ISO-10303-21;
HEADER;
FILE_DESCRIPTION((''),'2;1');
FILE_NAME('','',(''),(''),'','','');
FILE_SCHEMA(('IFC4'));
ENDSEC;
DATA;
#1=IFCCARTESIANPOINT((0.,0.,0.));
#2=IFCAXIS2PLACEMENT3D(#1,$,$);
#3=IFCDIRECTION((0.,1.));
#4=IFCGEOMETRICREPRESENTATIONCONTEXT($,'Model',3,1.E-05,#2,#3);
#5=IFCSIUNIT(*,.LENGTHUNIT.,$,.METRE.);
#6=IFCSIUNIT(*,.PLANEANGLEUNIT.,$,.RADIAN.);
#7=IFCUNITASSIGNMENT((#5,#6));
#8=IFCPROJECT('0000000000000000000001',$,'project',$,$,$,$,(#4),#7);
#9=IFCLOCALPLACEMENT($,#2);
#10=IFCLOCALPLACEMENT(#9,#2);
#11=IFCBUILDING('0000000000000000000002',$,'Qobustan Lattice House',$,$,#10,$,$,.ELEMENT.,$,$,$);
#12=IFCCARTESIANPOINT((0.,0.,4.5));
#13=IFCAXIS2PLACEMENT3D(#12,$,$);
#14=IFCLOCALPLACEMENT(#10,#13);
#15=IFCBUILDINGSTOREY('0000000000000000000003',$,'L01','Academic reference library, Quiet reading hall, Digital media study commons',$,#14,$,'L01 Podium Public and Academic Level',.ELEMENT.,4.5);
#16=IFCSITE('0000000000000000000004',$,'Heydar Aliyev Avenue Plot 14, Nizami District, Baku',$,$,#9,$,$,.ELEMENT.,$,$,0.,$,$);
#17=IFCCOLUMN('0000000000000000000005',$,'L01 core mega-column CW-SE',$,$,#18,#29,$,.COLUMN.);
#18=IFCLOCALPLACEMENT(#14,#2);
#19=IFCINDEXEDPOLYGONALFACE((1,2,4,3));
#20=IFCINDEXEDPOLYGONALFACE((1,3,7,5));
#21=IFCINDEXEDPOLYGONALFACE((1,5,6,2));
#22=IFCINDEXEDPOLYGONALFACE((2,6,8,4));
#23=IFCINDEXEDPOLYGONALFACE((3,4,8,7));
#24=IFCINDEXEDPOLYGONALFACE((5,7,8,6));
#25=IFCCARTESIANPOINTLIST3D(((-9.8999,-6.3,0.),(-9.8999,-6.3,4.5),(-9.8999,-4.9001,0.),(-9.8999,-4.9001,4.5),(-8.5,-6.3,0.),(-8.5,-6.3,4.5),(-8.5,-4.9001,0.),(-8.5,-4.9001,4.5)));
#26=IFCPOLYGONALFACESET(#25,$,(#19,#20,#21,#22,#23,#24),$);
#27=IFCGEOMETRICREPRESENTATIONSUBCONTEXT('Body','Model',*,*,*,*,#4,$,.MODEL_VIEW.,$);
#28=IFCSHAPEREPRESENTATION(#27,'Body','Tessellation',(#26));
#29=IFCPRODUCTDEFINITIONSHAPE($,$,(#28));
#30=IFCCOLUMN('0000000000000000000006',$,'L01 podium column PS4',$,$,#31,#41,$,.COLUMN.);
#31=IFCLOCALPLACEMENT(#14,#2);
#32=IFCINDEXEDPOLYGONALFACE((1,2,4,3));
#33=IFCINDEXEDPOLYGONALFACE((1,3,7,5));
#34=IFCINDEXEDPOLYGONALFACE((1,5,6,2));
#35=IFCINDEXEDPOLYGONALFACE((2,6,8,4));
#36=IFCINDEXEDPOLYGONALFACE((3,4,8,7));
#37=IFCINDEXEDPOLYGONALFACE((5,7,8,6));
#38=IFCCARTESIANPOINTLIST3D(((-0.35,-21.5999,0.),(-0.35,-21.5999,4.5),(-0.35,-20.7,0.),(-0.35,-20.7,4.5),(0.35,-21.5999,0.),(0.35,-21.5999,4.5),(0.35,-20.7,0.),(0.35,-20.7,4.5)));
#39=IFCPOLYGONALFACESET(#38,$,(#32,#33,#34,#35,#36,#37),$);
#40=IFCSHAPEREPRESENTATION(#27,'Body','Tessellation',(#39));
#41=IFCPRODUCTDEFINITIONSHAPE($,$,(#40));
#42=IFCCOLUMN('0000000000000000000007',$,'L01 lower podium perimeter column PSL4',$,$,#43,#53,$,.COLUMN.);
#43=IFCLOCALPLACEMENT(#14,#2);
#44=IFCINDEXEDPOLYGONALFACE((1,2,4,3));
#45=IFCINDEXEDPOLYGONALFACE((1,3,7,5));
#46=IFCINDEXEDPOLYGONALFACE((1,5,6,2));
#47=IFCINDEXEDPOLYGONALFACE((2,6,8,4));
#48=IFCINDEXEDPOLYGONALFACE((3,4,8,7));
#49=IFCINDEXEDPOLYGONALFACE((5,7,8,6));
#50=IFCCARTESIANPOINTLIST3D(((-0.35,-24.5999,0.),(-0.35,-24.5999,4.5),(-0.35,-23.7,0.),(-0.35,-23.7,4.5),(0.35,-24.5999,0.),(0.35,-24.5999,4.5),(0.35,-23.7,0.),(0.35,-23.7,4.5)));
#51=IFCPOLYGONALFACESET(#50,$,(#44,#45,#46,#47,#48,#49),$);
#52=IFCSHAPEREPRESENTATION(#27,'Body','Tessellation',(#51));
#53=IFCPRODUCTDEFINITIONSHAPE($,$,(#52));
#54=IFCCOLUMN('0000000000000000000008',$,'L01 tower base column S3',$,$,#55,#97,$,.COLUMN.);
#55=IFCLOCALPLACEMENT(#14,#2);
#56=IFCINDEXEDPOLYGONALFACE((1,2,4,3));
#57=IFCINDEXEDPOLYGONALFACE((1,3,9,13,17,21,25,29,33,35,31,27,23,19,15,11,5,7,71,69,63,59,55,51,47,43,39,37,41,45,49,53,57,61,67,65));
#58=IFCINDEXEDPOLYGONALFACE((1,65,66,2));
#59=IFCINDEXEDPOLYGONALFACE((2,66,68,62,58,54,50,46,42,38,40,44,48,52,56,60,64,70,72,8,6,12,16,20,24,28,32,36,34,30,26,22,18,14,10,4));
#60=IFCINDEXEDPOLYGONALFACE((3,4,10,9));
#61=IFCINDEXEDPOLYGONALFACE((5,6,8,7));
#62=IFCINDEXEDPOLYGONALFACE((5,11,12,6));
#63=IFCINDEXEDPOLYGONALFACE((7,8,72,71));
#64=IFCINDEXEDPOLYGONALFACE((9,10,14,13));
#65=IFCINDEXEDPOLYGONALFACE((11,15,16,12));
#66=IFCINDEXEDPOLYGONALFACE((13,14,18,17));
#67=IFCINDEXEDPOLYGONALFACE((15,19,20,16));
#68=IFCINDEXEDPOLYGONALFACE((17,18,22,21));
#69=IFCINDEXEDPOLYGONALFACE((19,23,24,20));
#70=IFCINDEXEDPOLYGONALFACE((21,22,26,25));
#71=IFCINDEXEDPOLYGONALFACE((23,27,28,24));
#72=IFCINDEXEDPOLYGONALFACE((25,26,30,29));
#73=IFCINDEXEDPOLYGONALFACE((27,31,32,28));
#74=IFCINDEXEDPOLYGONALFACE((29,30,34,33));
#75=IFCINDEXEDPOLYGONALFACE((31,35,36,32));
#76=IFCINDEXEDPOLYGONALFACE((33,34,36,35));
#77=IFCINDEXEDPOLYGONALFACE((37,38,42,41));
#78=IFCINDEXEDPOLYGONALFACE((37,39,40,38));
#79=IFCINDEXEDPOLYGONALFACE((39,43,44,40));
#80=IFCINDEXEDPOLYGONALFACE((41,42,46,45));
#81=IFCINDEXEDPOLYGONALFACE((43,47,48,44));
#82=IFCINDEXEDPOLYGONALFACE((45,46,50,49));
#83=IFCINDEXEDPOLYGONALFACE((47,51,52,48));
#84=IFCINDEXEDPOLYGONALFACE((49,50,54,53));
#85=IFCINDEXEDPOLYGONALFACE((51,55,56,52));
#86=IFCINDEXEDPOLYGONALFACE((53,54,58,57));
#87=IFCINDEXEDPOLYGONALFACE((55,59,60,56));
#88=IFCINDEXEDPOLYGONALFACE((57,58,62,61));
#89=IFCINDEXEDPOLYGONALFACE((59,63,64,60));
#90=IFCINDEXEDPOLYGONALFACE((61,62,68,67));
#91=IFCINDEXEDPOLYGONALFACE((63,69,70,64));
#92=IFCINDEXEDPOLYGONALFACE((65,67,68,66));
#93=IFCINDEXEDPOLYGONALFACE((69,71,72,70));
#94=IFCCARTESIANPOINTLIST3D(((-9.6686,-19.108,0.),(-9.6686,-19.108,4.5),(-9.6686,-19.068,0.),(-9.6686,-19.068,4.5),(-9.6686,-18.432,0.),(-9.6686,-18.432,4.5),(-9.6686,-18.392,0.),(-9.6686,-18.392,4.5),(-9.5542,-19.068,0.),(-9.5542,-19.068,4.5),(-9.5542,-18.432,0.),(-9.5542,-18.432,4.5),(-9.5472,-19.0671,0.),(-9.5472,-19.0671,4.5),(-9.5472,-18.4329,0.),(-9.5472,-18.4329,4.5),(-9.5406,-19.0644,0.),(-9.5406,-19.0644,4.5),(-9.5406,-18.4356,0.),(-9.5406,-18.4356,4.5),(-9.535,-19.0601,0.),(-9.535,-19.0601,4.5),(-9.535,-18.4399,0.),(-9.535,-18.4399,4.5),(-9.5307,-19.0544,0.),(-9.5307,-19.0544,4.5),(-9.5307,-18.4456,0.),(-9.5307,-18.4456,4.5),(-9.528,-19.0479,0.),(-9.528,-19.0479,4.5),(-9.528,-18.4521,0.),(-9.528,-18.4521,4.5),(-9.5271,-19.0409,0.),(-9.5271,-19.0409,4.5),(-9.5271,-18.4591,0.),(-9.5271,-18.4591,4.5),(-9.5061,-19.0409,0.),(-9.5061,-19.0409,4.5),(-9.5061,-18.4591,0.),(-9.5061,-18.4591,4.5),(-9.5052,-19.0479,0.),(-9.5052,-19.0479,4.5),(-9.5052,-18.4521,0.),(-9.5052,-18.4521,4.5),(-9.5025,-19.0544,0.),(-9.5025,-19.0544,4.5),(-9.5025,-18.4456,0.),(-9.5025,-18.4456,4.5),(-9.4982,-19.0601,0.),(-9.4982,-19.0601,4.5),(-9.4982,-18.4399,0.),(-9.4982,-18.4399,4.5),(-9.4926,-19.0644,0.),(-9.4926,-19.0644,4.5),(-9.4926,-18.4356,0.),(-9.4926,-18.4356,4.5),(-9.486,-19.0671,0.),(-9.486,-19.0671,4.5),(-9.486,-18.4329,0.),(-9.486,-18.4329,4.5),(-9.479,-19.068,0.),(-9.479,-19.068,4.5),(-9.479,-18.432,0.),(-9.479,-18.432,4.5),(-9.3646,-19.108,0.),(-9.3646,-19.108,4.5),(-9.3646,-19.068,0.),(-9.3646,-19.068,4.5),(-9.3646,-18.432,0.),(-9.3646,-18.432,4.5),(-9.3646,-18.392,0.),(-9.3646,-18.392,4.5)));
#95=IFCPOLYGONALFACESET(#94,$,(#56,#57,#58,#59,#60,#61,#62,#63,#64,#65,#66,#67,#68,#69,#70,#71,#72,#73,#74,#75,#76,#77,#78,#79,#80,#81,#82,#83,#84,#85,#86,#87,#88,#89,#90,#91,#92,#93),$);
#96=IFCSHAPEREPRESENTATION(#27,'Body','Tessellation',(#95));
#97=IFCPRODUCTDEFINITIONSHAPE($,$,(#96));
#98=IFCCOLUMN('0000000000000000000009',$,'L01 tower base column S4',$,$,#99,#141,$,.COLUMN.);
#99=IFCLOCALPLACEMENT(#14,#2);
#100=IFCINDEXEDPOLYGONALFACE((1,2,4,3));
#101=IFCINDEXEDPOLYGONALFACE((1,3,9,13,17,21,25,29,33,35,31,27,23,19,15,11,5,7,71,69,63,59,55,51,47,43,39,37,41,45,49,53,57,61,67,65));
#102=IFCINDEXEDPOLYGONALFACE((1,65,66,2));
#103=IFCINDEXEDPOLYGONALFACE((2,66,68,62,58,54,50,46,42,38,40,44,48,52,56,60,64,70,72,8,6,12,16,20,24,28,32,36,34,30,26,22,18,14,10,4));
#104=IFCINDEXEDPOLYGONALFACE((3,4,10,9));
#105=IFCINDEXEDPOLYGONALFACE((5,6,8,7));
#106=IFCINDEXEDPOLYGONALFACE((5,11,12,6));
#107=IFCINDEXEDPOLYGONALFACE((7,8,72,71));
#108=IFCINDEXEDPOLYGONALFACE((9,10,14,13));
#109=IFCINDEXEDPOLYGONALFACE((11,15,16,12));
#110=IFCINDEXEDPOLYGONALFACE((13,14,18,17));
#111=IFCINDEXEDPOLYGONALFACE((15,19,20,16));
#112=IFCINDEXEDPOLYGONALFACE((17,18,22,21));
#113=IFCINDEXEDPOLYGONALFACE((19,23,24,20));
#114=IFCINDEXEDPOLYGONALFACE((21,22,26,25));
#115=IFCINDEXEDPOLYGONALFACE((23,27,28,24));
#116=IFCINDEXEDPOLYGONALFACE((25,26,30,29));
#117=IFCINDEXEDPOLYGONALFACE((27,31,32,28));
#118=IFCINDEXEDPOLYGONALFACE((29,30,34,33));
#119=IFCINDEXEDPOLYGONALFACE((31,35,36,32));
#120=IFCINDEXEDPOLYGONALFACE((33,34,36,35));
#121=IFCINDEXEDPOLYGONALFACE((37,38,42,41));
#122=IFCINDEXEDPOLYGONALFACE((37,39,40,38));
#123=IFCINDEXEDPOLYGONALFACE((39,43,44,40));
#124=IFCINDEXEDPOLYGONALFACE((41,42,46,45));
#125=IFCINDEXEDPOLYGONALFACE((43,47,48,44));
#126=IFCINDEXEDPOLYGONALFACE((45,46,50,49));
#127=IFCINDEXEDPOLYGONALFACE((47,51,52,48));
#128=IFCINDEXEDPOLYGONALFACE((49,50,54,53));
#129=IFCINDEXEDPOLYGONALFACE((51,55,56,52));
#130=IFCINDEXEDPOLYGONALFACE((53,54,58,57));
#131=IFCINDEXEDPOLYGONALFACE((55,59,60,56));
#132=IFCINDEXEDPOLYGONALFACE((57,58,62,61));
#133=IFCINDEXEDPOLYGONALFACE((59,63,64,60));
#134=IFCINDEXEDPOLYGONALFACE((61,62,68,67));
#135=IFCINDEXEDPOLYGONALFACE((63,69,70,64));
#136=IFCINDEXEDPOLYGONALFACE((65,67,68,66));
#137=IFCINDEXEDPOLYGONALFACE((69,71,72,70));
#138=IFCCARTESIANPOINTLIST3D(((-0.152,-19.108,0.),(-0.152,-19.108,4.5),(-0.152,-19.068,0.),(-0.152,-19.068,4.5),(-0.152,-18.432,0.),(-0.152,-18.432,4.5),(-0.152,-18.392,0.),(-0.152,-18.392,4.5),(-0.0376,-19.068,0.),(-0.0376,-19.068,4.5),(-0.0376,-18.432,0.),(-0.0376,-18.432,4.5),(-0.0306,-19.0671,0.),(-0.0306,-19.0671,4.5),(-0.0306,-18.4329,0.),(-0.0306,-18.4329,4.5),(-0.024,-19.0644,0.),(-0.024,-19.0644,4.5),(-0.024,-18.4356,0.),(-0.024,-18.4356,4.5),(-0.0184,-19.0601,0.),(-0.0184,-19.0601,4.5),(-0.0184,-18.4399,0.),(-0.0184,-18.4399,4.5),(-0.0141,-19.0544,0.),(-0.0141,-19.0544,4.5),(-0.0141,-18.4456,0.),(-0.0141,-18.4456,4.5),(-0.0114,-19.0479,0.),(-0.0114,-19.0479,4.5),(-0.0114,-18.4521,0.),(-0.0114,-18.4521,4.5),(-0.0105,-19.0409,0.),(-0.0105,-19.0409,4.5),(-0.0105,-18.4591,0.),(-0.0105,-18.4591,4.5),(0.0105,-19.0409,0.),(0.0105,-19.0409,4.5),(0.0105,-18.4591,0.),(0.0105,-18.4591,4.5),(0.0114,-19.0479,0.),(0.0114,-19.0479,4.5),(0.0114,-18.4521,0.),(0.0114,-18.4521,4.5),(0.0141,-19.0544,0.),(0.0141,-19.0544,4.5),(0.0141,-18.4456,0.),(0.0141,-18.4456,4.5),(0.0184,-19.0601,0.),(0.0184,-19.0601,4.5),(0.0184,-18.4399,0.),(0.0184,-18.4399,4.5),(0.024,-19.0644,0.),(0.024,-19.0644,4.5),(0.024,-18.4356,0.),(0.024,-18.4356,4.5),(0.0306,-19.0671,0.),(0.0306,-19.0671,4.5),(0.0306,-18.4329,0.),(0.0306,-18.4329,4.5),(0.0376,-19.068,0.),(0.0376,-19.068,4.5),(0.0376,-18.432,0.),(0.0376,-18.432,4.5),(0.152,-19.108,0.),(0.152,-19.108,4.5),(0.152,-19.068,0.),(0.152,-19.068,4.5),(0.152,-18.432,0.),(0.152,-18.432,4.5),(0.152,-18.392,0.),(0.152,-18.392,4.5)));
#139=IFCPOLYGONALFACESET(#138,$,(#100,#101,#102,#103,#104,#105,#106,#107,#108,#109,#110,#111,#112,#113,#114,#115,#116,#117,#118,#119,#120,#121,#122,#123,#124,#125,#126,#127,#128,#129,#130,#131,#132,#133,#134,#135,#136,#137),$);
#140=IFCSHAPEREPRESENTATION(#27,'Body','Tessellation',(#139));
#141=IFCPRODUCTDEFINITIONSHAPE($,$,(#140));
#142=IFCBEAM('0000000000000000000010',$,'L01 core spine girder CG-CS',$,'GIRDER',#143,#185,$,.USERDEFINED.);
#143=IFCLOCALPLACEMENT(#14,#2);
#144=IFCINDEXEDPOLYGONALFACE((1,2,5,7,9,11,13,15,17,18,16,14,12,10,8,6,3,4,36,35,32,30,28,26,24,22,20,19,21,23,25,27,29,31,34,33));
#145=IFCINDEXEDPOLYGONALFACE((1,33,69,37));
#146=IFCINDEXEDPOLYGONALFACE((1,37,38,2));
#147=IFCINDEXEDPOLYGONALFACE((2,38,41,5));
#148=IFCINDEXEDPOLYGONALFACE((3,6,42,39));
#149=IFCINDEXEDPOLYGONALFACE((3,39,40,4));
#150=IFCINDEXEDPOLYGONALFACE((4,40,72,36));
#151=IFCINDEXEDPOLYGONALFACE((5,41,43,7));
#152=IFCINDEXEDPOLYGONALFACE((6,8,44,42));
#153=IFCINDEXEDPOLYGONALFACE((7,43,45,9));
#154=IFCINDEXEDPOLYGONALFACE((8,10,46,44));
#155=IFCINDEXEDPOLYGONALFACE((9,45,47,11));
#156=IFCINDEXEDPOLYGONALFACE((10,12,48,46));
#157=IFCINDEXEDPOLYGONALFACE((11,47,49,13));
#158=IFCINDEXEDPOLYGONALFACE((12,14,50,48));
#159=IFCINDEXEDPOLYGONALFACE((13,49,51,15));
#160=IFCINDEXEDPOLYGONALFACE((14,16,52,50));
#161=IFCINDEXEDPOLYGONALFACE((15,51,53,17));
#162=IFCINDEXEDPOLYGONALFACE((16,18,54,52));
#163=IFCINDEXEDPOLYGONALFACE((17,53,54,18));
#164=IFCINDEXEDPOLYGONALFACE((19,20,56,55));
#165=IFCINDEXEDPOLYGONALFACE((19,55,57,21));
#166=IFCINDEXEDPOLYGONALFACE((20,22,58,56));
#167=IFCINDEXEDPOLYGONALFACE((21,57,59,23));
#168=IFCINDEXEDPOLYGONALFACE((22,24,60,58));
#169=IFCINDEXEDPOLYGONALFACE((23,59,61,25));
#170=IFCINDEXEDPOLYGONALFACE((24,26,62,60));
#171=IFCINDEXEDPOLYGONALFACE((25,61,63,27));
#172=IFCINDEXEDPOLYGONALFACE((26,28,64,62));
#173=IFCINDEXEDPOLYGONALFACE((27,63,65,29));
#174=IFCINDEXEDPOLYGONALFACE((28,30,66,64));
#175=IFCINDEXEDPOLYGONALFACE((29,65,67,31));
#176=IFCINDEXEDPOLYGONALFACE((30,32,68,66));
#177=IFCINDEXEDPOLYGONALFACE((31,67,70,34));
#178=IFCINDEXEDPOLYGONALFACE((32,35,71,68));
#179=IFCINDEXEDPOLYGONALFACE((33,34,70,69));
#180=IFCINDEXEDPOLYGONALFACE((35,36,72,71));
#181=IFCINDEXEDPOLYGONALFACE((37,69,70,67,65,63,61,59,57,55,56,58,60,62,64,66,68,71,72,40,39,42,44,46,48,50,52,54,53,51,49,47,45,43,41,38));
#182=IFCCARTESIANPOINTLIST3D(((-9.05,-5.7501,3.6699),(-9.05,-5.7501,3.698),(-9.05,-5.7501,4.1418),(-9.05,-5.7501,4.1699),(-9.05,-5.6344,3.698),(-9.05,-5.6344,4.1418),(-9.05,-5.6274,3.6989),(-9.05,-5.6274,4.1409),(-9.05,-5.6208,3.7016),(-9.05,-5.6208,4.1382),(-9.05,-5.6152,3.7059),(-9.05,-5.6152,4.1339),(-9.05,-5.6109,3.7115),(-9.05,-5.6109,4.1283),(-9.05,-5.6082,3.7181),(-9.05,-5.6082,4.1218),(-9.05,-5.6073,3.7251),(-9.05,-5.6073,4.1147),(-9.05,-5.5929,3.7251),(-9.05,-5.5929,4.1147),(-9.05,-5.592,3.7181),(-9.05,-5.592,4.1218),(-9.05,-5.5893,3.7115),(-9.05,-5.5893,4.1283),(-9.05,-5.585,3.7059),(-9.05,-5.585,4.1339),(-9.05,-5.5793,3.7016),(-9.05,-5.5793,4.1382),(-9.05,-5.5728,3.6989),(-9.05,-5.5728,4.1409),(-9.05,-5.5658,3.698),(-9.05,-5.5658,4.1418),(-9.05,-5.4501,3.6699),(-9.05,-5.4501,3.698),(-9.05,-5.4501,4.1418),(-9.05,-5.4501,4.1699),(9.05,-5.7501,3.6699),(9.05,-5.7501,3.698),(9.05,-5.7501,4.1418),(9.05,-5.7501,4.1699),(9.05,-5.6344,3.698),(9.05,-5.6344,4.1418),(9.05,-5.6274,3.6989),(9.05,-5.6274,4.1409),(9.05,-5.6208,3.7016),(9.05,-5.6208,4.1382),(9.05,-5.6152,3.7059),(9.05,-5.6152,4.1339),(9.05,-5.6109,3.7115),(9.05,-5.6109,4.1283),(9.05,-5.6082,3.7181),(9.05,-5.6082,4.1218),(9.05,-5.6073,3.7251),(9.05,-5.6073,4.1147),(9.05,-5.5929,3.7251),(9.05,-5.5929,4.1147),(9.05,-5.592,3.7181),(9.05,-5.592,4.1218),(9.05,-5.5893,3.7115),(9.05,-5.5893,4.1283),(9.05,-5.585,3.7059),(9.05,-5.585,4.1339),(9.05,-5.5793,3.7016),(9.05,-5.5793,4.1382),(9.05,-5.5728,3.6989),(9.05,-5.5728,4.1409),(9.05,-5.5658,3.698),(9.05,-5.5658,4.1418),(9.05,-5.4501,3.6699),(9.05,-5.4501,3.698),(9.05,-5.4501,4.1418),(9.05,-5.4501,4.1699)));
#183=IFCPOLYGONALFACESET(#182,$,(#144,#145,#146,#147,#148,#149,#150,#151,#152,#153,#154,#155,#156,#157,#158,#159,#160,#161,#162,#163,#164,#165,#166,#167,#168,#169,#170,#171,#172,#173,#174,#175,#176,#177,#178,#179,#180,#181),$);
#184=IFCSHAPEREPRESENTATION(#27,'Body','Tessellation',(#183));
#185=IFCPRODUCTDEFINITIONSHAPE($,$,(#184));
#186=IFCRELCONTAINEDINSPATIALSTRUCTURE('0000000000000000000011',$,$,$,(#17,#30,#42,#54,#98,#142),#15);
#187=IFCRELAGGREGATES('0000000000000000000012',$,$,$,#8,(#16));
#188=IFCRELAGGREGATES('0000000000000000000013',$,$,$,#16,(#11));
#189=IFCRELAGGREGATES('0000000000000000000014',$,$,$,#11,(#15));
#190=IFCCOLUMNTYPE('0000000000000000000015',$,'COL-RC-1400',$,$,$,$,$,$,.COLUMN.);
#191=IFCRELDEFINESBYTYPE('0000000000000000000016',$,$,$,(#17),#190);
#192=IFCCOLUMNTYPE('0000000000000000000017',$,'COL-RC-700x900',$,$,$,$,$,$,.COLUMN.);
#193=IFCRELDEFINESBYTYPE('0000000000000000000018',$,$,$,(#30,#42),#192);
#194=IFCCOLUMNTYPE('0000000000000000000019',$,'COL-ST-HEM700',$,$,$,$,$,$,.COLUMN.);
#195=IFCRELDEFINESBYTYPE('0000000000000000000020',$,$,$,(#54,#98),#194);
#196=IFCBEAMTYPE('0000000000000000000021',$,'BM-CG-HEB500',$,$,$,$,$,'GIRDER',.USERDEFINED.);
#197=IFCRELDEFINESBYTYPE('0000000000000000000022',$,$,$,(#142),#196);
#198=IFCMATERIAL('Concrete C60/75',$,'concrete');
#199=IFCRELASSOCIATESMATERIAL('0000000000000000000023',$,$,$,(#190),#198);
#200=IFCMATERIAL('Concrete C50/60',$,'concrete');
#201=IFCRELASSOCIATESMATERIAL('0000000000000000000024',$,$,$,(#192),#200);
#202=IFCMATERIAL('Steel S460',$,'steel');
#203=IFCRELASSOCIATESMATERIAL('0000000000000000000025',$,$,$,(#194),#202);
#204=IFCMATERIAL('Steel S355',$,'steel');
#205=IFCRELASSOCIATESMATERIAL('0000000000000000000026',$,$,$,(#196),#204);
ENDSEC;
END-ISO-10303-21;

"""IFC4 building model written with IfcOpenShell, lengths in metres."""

from ifc_helpers import new_model, si_unit, direction, frame, origin, origin_2d, place, context, subcontext, project, spatial, rectangle, i_section, extrude, material, material_profile, profile_set, type_object, element, save


model = new_model("IFC4")

# Units and contexts
model_context = context("Model", 3, precision=1e-05, world=origin(), true_north=direction((0.0, 1.0)))
body_context = subcontext(model_context, "Body", "Model", "MODEL_VIEW")
ifc_project = project(units=[si_unit("LENGTHUNIT", "METRE"), si_unit("PLANEANGLEUNIT", "RADIAN")], contexts=[model_context])

# Site, building, storey
site_placement = place(None, origin())
site = spatial("IfcSite", under=ifc_project, at=site_placement, Name="Heydar Aliyev Avenue Plot 14, Nizami District, Baku", CompositionType="ELEMENT", RefElevation=0.0)
building_placement = place(site_placement, origin())
building = spatial("IfcBuilding", under=site, at=building_placement, Name="Qobustan Lattice House", CompositionType="ELEMENT")
storey_placement = place(building_placement, frame((0.0, 0.0, 4.5)))
storey = spatial("IfcBuildingStorey", under=building, at=storey_placement, Name="L01", Description="Academic reference library, Quiet reading hall, Digital media study commons", LongName="L01 Podium Public and Academic Level", CompositionType="ELEMENT", Elevation=4.5)

# Columns
ifc_material_1 = material(Name="Concrete C60/75", Category="concrete")
ifc_material_profile_1 = material_profile(ifc_material_1, rectangle(XDim=1.3999, YDim=1.3999, at=origin_2d()), Name="RC1400x1400")
ifc_profile_set_1 = profile_set([ifc_material_profile_1], Name="Concrete C60/75")
column_type_1 = type_object("IfcColumnType", Name="COL-RC-1400", PredefinedType="COLUMN", material=ifc_profile_set_1)
column_placement = place(storey_placement, frame((-9.2, -5.6001, 0.0), z_axis=(0.0, 0.0, 1.0), x_axis=(1.0, 0.0, 0.0)))
element("IfcColumn", 1, at=column_placement, inside=storey, type_object=column_type_1, Name="L01 core mega-column CW-SE", PredefinedType="COLUMN", context=body_context, shape_type="SweptSolid", body=[
    extrude(rectangle(XDim=1.3999, YDim=1.3999, at=origin_2d()), origin(), (0.0, 0.0, 1.0), 4.5),
])
ifc_material_2 = material(Name="Concrete C50/60", Category="concrete")
ifc_material_profile_2 = material_profile(ifc_material_2, rectangle(XDim=0.7, YDim=0.8999, at=origin_2d()), Name="RC700x900")
ifc_profile_set_2 = profile_set([ifc_material_profile_2], Name="Concrete C50/60")
column_type_2 = type_object("IfcColumnType", Name="COL-RC-700x900", PredefinedType="COLUMN", material=ifc_profile_set_2)
for number, where, z_axis, x_axis, name in (
    (2, (0.0, -21.1499, 0.0), (0.0, 0.0, 1.0), (1.0, 0.0, 0.0), "L01 podium column PS4"),
    (3, (0.0, -24.1499, 0.0), (0.0, 0.0, 1.0), (1.0, 0.0, 0.0), "L01 lower podium perimeter column PSL4"),
):
    element("IfcColumn", number, at=place(storey_placement, frame(where, z_axis=z_axis, x_axis=x_axis)), inside=storey, type_object=column_type_2, Name=name, PredefinedType="COLUMN", context=body_context, shape_type="SweptSolid", body=[
        extrude(rectangle(XDim=0.7, YDim=0.8999, at=origin_2d()), origin(), (0.0, 0.0, 1.0), 4.5),
    ])
ifc_material_3 = material(Name="Steel S460", Category="steel")
ifc_material_profile_3 = material_profile(ifc_material_3, i_section(OverallWidth=0.304, OverallDepth=0.7161, WebThickness=0.021, FlangeThickness=0.04, FilletRadius=0.0271, at=origin_2d()), Name="HEM700")
ifc_profile_set_3 = profile_set([ifc_material_profile_3], Name="Steel S460")
column_type_3 = type_object("IfcColumnType", Name="COL-ST-HEM700", PredefinedType="COLUMN", material=ifc_profile_set_3)
for number, where, z_axis, x_axis, name in (
    (4, (-9.5166, -18.75, 0.0), (0.0, 0.0, 1.0), (1.0, 0.0, 0.0), "L01 tower base column S3"),
    (5, (0.0, -18.75, 0.0), (0.0, 0.0, 1.0), (1.0, 0.0, 0.0), "L01 tower base column S4"),
):
    element("IfcColumn", number, at=place(storey_placement, frame(where, z_axis=z_axis, x_axis=x_axis)), inside=storey, type_object=column_type_3, Name=name, PredefinedType="COLUMN", context=body_context, shape_type="SweptSolid", body=[
        extrude(i_section(OverallWidth=0.304, OverallDepth=0.7161, WebThickness=0.021, FlangeThickness=0.04, FilletRadius=0.0271, at=origin_2d()), origin(), (0.0, 0.0, 1.0), 4.5),
    ])

# Beam
ifc_material_4 = material(Name="Steel S355", Category="steel")
ifc_material_profile_4 = material_profile(ifc_material_4, i_section(OverallWidth=0.3, OverallDepth=0.5, WebThickness=0.0144, FlangeThickness=0.0281, FilletRadius=0.0271, at=origin_2d()), Name="HEB500")
ifc_profile_set_4 = profile_set([ifc_material_profile_4], Name="Steel S355")
beam_type_1 = type_object("IfcBeamType", Name="BM-CG-HEB500", ElementType="GIRDER", PredefinedType="USERDEFINED", material=ifc_profile_set_4)
beam_1_placement = place(storey_placement, frame((-9.05, -5.6001, 3.9199), z_axis=(1.0, 0.0, 0.0), x_axis=(0.0, 1.0, 0.0)))
element("IfcBeam", 6, at=beam_1_placement, inside=storey, type_object=beam_type_1, Name="L01 core spine girder CG-CS", ObjectType="GIRDER", PredefinedType="USERDEFINED", context=body_context, shape_type="SweptSolid", body=[
    extrude(i_section(OverallWidth=0.3, OverallDepth=0.5, WebThickness=0.0144, FlangeThickness=0.0281, FilletRadius=0.0271, at=origin_2d()), origin(), (0.0, 0.0, 1.0), 18.1001),
])

save(model, "model.ifc")
